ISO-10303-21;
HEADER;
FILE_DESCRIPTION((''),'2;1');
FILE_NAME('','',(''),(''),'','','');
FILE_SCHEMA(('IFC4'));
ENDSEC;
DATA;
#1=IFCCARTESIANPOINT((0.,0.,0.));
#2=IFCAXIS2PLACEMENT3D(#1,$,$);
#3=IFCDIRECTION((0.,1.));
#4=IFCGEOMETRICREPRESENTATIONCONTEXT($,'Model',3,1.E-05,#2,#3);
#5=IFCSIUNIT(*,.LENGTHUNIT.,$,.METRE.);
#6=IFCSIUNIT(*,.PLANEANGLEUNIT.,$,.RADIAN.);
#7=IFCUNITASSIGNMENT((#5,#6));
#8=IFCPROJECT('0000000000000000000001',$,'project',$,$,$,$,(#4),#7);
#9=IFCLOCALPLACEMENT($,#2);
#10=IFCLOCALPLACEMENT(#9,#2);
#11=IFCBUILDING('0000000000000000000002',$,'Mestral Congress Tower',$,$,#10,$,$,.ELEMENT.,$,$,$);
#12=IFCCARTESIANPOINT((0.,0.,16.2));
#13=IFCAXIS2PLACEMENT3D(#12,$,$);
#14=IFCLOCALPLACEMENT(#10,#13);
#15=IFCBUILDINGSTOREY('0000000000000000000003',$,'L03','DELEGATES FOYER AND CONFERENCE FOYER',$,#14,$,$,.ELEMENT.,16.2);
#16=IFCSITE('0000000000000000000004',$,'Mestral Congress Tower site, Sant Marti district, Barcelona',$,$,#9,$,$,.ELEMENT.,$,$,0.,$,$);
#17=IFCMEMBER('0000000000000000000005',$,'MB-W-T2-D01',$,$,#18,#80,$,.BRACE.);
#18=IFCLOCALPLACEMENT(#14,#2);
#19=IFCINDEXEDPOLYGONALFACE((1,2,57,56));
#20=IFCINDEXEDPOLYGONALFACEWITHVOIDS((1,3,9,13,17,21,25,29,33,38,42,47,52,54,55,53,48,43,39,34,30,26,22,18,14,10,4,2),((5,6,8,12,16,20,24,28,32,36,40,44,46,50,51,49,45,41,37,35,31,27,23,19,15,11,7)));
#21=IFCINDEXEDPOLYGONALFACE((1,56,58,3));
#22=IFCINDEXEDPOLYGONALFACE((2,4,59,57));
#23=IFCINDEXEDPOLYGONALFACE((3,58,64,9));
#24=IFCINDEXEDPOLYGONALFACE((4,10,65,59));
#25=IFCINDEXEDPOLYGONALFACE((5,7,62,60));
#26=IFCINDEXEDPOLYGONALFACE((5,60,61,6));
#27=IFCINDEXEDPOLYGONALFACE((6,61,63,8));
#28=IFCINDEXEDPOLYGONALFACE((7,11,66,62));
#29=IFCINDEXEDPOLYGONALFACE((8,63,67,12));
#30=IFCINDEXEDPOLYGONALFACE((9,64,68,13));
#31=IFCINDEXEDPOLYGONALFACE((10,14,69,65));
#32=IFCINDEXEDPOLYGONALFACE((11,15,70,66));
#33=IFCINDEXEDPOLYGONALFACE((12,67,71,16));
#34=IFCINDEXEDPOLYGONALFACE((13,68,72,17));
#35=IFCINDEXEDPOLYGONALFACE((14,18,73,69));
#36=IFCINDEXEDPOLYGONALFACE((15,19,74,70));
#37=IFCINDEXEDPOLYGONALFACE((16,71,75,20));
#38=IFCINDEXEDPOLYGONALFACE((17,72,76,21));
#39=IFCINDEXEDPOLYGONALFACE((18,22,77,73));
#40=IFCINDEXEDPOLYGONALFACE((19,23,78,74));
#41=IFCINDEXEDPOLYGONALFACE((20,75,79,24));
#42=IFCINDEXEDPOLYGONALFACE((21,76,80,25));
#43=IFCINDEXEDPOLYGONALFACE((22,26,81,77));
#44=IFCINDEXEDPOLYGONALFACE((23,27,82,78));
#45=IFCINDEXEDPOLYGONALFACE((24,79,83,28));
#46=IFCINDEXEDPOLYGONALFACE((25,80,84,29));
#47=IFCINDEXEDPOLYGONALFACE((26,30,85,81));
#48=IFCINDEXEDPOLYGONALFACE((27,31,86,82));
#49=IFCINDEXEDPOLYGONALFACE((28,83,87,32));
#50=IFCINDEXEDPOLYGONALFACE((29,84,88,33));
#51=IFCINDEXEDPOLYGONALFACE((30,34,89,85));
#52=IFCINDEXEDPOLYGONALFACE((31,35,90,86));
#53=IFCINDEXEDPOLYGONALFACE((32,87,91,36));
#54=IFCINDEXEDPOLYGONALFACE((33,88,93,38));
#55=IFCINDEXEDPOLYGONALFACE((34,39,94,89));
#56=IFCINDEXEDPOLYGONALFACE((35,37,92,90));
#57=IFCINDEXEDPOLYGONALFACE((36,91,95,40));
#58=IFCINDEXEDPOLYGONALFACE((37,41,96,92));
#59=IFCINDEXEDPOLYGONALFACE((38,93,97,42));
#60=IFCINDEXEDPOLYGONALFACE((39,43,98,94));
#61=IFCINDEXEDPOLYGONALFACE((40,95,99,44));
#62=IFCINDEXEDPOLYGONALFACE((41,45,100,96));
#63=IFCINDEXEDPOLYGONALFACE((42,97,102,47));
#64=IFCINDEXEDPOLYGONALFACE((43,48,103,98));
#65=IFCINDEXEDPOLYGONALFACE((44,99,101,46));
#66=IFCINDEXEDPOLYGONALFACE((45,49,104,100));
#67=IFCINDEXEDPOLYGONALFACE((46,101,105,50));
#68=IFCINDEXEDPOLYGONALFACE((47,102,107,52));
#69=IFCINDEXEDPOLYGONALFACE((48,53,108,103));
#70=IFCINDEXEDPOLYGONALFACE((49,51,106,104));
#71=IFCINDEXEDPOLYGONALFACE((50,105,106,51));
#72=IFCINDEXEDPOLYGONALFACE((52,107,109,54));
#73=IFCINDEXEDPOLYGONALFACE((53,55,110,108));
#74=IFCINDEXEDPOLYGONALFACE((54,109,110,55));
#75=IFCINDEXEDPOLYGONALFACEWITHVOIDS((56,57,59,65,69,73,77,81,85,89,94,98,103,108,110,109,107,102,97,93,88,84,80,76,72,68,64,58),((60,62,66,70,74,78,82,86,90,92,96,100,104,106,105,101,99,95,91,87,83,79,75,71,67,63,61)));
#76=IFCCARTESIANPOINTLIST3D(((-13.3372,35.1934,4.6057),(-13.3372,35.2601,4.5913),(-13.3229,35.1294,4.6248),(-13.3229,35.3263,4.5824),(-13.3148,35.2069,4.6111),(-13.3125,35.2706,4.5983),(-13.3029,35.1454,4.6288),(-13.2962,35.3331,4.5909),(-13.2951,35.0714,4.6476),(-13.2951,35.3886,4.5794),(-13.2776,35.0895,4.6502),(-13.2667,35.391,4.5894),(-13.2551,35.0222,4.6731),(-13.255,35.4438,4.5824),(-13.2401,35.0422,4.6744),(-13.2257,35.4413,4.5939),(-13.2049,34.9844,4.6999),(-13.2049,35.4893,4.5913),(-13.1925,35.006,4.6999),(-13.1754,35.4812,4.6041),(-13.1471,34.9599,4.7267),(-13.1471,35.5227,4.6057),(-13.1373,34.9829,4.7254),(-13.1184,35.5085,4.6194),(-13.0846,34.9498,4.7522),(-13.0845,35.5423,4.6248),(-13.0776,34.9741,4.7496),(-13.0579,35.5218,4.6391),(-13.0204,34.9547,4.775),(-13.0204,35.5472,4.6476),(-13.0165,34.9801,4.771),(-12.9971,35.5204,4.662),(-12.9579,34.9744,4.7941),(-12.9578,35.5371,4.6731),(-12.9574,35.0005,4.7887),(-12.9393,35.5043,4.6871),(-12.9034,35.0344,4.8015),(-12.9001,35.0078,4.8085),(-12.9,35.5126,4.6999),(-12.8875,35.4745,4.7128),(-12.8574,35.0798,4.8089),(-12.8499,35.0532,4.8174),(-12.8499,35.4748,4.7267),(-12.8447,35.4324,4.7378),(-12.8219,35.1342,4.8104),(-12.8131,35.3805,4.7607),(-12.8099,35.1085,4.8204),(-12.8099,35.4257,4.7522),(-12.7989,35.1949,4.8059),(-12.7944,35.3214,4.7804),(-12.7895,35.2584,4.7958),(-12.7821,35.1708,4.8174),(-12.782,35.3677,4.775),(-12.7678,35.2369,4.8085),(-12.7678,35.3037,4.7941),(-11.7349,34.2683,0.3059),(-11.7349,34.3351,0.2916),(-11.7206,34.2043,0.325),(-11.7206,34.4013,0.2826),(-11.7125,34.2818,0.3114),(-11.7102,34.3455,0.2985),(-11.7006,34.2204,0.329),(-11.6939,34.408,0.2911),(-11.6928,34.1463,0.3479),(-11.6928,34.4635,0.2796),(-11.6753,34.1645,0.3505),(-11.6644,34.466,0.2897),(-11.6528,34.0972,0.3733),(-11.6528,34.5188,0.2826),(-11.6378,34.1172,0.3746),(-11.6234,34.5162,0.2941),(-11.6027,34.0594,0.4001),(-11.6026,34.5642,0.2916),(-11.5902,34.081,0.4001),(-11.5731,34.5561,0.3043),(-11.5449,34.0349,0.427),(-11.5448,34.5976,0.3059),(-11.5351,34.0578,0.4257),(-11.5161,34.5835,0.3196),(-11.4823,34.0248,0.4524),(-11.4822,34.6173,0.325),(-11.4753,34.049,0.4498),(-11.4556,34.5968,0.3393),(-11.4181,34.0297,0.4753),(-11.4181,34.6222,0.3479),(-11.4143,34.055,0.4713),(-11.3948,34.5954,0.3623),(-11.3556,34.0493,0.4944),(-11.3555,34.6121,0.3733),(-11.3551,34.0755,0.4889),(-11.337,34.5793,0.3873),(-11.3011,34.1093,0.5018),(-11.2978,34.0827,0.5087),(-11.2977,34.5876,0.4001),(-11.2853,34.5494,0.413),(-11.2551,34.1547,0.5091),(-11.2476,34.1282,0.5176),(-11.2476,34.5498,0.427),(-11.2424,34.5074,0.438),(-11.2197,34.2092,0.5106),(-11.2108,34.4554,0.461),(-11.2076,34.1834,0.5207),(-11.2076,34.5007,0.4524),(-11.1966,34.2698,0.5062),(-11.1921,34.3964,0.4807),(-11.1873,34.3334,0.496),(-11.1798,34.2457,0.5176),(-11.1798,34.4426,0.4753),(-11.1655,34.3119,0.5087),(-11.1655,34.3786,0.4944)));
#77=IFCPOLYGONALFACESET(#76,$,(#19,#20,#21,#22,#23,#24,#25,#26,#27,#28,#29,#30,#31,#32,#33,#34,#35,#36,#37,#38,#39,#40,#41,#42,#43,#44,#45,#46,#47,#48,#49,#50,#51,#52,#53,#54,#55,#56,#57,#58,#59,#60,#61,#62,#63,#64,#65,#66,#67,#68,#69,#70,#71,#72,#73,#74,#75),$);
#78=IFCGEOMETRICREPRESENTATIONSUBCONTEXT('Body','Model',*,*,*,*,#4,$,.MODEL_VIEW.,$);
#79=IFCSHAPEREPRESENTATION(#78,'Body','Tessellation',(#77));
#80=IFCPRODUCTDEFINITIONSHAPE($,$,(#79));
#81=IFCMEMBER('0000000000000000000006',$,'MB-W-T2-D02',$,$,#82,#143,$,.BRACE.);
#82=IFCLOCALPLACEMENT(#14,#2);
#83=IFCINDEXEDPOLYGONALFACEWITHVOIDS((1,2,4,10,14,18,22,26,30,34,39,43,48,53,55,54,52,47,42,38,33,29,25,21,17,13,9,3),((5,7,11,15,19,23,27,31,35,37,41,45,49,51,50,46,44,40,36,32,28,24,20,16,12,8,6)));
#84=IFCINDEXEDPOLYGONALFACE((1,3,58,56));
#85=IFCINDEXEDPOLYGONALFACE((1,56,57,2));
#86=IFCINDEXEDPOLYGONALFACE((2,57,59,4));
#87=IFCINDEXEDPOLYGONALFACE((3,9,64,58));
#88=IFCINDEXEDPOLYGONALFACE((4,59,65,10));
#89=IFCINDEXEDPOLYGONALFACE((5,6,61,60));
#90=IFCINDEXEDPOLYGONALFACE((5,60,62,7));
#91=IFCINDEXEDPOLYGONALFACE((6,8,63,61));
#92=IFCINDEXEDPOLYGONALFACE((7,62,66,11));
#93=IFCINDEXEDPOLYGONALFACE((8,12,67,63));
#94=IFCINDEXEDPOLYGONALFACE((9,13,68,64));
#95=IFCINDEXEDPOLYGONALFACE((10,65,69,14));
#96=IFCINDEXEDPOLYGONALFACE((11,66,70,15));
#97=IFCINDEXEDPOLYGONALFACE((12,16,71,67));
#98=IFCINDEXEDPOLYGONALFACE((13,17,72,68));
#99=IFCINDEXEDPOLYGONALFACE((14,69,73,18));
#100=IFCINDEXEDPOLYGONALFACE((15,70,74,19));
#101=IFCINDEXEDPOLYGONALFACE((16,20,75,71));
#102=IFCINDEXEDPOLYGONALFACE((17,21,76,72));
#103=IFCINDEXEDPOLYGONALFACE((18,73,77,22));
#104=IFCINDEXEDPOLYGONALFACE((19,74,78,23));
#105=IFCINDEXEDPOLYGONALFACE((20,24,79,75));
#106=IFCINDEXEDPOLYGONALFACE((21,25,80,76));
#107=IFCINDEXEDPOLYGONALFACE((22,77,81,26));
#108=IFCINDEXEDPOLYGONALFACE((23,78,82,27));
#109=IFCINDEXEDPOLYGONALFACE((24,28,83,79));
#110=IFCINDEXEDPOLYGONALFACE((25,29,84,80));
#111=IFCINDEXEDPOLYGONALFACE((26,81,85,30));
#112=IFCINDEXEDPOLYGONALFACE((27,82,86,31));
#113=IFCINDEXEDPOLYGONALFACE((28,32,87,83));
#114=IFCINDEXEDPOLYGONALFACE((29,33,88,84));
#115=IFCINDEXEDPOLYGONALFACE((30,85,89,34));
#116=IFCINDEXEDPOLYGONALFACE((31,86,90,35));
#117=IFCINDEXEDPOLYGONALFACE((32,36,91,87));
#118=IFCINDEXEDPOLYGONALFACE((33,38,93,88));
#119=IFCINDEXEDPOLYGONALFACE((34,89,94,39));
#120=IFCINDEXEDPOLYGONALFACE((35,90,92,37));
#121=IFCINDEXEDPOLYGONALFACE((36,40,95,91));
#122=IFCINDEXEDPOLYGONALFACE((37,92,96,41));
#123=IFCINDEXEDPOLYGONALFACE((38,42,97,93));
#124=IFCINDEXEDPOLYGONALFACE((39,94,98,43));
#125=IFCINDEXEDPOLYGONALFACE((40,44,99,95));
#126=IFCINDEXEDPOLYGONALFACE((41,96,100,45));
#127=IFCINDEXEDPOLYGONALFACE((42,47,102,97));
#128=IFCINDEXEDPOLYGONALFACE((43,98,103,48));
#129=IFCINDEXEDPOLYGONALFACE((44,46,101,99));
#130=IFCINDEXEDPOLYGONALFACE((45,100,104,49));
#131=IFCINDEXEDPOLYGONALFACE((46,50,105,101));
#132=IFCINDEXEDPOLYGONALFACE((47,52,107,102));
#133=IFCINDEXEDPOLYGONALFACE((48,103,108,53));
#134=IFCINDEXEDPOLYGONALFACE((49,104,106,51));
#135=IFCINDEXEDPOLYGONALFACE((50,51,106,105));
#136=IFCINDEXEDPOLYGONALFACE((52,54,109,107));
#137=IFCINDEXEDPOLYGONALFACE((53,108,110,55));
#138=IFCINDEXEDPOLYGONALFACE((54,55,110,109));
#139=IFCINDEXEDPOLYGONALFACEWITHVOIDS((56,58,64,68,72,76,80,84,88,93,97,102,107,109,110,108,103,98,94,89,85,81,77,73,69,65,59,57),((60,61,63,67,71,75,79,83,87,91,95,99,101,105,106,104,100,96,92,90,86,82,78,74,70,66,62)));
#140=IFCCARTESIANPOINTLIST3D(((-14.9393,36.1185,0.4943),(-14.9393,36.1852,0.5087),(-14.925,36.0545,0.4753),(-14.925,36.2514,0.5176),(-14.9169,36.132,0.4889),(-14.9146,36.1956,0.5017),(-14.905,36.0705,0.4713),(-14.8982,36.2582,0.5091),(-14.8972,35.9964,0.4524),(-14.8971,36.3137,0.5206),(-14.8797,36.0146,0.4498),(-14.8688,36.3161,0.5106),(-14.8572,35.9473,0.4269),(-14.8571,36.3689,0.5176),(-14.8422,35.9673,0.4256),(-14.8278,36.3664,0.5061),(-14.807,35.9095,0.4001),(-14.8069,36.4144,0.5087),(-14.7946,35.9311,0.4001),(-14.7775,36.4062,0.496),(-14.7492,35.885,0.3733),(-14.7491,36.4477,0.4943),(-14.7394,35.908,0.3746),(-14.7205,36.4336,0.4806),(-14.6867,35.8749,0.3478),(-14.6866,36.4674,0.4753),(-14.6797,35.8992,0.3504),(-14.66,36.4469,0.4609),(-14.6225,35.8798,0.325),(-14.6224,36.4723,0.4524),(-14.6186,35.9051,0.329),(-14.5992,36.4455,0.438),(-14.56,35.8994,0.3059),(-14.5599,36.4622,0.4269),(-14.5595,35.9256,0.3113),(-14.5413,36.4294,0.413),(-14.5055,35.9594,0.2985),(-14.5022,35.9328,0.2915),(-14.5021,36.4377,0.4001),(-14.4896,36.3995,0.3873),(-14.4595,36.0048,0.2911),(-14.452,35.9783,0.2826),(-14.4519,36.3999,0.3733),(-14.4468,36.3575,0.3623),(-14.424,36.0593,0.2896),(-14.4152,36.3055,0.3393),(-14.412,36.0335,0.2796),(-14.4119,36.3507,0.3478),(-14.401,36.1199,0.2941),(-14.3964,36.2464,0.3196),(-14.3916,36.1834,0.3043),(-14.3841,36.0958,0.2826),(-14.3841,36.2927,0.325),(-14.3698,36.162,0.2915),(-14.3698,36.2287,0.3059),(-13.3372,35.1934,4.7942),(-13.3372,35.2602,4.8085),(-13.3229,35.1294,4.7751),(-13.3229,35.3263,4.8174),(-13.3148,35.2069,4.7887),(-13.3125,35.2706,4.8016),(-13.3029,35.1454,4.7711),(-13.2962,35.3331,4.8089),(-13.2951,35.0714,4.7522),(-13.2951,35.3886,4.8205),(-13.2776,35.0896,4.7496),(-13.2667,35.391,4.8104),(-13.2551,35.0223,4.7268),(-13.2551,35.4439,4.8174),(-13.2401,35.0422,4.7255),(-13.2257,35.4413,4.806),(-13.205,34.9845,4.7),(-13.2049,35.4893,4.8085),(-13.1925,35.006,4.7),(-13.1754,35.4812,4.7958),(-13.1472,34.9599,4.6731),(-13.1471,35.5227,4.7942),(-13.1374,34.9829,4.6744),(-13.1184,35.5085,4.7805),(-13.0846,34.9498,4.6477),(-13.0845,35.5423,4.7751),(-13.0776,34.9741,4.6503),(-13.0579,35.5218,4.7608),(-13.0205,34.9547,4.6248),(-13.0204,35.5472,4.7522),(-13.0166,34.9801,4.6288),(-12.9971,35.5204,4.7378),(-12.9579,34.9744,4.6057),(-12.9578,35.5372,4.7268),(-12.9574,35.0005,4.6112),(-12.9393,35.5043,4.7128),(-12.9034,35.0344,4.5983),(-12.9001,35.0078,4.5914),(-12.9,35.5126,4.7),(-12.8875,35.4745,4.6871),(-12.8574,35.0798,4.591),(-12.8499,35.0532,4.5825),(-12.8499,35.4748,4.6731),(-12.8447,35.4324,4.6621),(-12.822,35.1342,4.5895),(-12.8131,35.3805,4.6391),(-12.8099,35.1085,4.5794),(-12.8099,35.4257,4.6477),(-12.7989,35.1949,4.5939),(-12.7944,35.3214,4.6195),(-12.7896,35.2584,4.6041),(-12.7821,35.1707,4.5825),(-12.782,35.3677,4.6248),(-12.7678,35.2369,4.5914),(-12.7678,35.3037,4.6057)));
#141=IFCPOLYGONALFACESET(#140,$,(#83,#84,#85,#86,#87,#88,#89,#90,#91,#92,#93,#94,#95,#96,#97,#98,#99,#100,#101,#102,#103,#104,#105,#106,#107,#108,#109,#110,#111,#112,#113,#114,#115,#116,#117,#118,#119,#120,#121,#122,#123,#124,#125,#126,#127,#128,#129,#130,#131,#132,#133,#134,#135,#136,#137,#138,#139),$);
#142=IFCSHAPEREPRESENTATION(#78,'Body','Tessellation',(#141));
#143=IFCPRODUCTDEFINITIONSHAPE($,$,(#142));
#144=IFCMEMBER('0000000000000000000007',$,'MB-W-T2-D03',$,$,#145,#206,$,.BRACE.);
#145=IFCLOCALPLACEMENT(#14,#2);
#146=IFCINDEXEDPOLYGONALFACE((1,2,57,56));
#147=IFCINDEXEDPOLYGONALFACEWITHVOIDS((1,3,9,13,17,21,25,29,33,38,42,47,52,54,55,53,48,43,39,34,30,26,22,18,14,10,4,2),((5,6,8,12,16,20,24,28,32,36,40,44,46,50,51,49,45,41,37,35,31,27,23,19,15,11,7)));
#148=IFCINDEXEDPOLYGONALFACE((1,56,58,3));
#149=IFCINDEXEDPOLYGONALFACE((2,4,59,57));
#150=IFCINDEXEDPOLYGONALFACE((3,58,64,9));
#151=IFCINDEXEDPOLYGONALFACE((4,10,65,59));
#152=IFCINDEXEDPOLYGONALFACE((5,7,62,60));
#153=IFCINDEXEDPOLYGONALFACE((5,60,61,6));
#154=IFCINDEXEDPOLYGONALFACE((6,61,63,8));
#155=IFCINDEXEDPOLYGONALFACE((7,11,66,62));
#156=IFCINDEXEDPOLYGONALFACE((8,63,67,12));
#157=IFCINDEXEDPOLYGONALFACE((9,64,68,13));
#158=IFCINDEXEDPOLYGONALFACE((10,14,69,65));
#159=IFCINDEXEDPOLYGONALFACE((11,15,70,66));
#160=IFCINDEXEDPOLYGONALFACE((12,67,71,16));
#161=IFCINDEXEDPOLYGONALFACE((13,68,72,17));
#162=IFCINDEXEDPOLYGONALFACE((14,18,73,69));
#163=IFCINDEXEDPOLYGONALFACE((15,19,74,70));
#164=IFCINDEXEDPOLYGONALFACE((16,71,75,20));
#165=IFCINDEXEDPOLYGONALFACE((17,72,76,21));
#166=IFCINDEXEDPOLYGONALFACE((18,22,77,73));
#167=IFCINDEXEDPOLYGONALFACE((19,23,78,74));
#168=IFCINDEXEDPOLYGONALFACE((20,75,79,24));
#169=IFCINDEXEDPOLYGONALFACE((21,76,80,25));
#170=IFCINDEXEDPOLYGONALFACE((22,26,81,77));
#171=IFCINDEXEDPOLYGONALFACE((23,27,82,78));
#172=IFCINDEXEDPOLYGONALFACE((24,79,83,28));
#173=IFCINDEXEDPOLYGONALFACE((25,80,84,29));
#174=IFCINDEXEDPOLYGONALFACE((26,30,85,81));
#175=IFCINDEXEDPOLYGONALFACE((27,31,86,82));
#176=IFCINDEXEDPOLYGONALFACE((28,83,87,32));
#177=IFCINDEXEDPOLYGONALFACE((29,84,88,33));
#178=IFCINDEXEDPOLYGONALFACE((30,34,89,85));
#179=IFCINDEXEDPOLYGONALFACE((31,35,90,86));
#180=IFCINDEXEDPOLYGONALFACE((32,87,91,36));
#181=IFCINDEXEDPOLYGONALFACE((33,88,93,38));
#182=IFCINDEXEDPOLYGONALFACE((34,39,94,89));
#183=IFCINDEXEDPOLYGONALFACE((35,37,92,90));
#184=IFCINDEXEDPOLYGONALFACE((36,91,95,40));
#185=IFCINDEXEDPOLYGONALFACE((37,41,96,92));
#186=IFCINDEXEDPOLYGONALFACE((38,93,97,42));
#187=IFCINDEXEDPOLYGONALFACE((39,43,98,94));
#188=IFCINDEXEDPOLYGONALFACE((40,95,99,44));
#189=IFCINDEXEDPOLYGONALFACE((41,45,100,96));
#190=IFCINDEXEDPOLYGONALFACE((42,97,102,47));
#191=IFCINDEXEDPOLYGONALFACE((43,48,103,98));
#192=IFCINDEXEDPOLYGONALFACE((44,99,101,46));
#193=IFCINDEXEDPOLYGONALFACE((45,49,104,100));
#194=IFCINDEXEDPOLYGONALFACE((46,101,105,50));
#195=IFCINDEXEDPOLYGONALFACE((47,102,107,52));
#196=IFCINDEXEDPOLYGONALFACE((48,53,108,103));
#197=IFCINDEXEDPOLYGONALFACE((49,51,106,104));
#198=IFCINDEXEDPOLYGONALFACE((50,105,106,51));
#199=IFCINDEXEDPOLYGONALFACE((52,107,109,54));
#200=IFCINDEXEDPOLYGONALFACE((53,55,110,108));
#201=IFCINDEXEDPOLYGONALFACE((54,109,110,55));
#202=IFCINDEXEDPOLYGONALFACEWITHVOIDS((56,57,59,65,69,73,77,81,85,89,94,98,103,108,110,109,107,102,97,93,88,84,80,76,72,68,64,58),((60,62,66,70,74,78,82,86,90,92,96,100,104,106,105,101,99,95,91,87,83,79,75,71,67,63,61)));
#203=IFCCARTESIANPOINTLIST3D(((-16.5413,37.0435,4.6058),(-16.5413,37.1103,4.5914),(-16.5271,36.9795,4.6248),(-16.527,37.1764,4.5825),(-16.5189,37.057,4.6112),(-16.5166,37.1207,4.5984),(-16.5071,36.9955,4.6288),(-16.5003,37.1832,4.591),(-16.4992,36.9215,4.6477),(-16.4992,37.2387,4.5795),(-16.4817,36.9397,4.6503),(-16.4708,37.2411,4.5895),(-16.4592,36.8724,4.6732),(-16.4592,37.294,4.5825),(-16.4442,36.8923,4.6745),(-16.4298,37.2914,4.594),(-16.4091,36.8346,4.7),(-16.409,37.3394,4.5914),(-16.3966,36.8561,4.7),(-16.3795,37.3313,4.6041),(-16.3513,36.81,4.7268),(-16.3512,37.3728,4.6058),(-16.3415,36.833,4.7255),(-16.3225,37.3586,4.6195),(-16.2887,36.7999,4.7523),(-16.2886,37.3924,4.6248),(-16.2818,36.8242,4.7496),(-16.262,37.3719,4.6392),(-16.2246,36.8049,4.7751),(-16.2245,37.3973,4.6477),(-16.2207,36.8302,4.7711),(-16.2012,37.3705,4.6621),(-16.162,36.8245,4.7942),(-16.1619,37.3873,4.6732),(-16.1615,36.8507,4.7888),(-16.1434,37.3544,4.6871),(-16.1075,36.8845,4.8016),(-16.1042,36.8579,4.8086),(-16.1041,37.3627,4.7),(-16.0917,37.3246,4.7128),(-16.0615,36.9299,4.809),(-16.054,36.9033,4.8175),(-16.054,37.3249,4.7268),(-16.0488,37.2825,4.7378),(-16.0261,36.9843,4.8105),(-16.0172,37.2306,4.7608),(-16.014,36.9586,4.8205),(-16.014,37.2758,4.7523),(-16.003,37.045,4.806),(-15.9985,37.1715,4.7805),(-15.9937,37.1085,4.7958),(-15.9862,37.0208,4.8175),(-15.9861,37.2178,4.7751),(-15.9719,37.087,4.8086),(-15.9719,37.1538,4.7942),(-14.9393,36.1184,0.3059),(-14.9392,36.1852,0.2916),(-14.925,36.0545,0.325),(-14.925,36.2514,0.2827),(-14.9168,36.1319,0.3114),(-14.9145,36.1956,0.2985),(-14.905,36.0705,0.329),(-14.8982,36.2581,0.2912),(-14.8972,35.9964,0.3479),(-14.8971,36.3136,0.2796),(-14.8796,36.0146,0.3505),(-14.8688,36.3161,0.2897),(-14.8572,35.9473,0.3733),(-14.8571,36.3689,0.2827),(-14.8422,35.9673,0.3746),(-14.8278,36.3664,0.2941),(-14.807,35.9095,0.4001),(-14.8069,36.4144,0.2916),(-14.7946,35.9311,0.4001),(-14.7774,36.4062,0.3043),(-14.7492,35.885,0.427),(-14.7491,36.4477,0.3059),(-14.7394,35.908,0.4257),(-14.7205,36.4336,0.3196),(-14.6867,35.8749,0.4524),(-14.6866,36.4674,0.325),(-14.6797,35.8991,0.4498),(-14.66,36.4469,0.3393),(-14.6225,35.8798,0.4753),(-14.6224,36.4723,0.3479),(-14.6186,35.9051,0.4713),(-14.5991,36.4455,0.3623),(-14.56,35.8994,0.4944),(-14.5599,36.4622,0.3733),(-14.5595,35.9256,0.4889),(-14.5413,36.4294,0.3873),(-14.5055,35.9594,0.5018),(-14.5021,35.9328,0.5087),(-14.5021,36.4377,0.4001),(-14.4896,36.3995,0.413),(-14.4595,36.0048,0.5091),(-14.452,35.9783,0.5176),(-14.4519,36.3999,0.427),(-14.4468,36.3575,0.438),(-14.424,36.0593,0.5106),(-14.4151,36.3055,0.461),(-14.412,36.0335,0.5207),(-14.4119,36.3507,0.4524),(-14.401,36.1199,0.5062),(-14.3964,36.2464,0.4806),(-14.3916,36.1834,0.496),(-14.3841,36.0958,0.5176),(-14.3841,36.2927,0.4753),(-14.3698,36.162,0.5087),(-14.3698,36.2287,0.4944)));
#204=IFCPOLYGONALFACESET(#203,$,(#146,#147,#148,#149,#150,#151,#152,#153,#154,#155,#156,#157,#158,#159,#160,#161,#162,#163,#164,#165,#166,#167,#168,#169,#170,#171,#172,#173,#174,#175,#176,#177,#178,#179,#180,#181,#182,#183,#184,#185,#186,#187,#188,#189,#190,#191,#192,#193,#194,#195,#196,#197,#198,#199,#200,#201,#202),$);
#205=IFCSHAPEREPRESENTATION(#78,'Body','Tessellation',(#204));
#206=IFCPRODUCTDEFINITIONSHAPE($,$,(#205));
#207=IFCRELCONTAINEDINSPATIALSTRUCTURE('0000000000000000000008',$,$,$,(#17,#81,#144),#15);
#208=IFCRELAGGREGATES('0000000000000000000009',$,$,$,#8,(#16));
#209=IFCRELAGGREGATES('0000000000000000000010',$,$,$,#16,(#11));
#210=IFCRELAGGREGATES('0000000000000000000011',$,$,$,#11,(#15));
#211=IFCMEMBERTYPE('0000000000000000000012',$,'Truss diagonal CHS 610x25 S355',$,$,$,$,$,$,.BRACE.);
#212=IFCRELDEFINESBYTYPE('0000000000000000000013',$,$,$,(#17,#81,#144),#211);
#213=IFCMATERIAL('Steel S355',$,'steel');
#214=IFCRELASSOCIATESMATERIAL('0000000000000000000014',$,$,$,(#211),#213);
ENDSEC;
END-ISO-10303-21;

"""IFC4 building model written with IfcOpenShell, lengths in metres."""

from ifc_helpers import new_model, si_unit, direction, frame, origin, origin_2d, place, context, subcontext, project, spatial, hollow_circle, extrude, material, material_profile, profile_set, type_object, element, save


model = new_model("IFC4")

# Units and contexts
model_context = context("Model", 3, precision=1e-05, world=origin(), true_north=direction((0.0, 1.0)))
body_context = subcontext(model_context, "Body", "Model", "MODEL_VIEW")
ifc_project = project(units=[si_unit("LENGTHUNIT", "METRE"), si_unit("PLANEANGLEUNIT", "RADIAN")], contexts=[model_context])

# Site, building, storey
site_placement = place(None, origin())
site = spatial("IfcSite", under=ifc_project, at=site_placement, Name="Mestral Congress Tower site, Sant Marti district, Barcelona", CompositionType="ELEMENT", RefElevation=0.0)
building_placement = place(site_placement, origin())
building = spatial("IfcBuilding", under=site, at=building_placement, Name="Mestral Congress Tower", CompositionType="ELEMENT")
storey_placement = place(building_placement, frame((0.0, 0.0, 16.2)))
storey = spatial("IfcBuildingStorey", under=building, at=storey_placement, Name="L03", Description="DELEGATES FOYER AND CONFERENCE FOYER", CompositionType="ELEMENT", Elevation=16.2)

# Members
ifc_material_1 = material(Name="Steel S355", Category="steel")
ifc_material_profile_1 = material_profile(ifc_material_1, hollow_circle(Radius=0.3049, WallThickness=0.0249, at=origin_2d()), Name="CHS 610x25")
ifc_profile_set_1 = profile_set([ifc_material_profile_1], Name="Steel S355")
member_type_1 = type_object("IfcMemberType", Name="Truss diagonal CHS 610x25 S355", PredefinedType="BRACE", material=ifc_profile_set_1)
for number, where, z_axis, x_axis, name in (
    (1, (-11.4502, 34.3235, 0.4001), (-0.342301, 0.197619, 0.918573), (-0.499985, -0.866034, 0.0), "MB-W-T2-D01"),
    (2, (-13.0525, 35.2485, 4.7), (-0.342254, 0.197623, -0.91859), (-0.500042, -0.866001, 0.0), "MB-W-T2-D02"),
    (3, (-14.6545, 36.1736, 0.4001), (-0.342254, 0.197623, 0.91859), (-0.500042, -0.866001, 0.0), "MB-W-T2-D03"),
):
    element("IfcMember", number, at=place(storey_placement, frame(where, z_axis=z_axis, x_axis=x_axis)), inside=storey, type_object=member_type_1, Name=name, PredefinedType="BRACE", context=body_context, shape_type="SweptSolid", body=[
        extrude(hollow_circle(Radius=0.3049, WallThickness=0.0249, at=origin_2d()), origin(), (0.0, 0.0, 1.0), 4.6809),
    ])

save(model, "model.ifc")
